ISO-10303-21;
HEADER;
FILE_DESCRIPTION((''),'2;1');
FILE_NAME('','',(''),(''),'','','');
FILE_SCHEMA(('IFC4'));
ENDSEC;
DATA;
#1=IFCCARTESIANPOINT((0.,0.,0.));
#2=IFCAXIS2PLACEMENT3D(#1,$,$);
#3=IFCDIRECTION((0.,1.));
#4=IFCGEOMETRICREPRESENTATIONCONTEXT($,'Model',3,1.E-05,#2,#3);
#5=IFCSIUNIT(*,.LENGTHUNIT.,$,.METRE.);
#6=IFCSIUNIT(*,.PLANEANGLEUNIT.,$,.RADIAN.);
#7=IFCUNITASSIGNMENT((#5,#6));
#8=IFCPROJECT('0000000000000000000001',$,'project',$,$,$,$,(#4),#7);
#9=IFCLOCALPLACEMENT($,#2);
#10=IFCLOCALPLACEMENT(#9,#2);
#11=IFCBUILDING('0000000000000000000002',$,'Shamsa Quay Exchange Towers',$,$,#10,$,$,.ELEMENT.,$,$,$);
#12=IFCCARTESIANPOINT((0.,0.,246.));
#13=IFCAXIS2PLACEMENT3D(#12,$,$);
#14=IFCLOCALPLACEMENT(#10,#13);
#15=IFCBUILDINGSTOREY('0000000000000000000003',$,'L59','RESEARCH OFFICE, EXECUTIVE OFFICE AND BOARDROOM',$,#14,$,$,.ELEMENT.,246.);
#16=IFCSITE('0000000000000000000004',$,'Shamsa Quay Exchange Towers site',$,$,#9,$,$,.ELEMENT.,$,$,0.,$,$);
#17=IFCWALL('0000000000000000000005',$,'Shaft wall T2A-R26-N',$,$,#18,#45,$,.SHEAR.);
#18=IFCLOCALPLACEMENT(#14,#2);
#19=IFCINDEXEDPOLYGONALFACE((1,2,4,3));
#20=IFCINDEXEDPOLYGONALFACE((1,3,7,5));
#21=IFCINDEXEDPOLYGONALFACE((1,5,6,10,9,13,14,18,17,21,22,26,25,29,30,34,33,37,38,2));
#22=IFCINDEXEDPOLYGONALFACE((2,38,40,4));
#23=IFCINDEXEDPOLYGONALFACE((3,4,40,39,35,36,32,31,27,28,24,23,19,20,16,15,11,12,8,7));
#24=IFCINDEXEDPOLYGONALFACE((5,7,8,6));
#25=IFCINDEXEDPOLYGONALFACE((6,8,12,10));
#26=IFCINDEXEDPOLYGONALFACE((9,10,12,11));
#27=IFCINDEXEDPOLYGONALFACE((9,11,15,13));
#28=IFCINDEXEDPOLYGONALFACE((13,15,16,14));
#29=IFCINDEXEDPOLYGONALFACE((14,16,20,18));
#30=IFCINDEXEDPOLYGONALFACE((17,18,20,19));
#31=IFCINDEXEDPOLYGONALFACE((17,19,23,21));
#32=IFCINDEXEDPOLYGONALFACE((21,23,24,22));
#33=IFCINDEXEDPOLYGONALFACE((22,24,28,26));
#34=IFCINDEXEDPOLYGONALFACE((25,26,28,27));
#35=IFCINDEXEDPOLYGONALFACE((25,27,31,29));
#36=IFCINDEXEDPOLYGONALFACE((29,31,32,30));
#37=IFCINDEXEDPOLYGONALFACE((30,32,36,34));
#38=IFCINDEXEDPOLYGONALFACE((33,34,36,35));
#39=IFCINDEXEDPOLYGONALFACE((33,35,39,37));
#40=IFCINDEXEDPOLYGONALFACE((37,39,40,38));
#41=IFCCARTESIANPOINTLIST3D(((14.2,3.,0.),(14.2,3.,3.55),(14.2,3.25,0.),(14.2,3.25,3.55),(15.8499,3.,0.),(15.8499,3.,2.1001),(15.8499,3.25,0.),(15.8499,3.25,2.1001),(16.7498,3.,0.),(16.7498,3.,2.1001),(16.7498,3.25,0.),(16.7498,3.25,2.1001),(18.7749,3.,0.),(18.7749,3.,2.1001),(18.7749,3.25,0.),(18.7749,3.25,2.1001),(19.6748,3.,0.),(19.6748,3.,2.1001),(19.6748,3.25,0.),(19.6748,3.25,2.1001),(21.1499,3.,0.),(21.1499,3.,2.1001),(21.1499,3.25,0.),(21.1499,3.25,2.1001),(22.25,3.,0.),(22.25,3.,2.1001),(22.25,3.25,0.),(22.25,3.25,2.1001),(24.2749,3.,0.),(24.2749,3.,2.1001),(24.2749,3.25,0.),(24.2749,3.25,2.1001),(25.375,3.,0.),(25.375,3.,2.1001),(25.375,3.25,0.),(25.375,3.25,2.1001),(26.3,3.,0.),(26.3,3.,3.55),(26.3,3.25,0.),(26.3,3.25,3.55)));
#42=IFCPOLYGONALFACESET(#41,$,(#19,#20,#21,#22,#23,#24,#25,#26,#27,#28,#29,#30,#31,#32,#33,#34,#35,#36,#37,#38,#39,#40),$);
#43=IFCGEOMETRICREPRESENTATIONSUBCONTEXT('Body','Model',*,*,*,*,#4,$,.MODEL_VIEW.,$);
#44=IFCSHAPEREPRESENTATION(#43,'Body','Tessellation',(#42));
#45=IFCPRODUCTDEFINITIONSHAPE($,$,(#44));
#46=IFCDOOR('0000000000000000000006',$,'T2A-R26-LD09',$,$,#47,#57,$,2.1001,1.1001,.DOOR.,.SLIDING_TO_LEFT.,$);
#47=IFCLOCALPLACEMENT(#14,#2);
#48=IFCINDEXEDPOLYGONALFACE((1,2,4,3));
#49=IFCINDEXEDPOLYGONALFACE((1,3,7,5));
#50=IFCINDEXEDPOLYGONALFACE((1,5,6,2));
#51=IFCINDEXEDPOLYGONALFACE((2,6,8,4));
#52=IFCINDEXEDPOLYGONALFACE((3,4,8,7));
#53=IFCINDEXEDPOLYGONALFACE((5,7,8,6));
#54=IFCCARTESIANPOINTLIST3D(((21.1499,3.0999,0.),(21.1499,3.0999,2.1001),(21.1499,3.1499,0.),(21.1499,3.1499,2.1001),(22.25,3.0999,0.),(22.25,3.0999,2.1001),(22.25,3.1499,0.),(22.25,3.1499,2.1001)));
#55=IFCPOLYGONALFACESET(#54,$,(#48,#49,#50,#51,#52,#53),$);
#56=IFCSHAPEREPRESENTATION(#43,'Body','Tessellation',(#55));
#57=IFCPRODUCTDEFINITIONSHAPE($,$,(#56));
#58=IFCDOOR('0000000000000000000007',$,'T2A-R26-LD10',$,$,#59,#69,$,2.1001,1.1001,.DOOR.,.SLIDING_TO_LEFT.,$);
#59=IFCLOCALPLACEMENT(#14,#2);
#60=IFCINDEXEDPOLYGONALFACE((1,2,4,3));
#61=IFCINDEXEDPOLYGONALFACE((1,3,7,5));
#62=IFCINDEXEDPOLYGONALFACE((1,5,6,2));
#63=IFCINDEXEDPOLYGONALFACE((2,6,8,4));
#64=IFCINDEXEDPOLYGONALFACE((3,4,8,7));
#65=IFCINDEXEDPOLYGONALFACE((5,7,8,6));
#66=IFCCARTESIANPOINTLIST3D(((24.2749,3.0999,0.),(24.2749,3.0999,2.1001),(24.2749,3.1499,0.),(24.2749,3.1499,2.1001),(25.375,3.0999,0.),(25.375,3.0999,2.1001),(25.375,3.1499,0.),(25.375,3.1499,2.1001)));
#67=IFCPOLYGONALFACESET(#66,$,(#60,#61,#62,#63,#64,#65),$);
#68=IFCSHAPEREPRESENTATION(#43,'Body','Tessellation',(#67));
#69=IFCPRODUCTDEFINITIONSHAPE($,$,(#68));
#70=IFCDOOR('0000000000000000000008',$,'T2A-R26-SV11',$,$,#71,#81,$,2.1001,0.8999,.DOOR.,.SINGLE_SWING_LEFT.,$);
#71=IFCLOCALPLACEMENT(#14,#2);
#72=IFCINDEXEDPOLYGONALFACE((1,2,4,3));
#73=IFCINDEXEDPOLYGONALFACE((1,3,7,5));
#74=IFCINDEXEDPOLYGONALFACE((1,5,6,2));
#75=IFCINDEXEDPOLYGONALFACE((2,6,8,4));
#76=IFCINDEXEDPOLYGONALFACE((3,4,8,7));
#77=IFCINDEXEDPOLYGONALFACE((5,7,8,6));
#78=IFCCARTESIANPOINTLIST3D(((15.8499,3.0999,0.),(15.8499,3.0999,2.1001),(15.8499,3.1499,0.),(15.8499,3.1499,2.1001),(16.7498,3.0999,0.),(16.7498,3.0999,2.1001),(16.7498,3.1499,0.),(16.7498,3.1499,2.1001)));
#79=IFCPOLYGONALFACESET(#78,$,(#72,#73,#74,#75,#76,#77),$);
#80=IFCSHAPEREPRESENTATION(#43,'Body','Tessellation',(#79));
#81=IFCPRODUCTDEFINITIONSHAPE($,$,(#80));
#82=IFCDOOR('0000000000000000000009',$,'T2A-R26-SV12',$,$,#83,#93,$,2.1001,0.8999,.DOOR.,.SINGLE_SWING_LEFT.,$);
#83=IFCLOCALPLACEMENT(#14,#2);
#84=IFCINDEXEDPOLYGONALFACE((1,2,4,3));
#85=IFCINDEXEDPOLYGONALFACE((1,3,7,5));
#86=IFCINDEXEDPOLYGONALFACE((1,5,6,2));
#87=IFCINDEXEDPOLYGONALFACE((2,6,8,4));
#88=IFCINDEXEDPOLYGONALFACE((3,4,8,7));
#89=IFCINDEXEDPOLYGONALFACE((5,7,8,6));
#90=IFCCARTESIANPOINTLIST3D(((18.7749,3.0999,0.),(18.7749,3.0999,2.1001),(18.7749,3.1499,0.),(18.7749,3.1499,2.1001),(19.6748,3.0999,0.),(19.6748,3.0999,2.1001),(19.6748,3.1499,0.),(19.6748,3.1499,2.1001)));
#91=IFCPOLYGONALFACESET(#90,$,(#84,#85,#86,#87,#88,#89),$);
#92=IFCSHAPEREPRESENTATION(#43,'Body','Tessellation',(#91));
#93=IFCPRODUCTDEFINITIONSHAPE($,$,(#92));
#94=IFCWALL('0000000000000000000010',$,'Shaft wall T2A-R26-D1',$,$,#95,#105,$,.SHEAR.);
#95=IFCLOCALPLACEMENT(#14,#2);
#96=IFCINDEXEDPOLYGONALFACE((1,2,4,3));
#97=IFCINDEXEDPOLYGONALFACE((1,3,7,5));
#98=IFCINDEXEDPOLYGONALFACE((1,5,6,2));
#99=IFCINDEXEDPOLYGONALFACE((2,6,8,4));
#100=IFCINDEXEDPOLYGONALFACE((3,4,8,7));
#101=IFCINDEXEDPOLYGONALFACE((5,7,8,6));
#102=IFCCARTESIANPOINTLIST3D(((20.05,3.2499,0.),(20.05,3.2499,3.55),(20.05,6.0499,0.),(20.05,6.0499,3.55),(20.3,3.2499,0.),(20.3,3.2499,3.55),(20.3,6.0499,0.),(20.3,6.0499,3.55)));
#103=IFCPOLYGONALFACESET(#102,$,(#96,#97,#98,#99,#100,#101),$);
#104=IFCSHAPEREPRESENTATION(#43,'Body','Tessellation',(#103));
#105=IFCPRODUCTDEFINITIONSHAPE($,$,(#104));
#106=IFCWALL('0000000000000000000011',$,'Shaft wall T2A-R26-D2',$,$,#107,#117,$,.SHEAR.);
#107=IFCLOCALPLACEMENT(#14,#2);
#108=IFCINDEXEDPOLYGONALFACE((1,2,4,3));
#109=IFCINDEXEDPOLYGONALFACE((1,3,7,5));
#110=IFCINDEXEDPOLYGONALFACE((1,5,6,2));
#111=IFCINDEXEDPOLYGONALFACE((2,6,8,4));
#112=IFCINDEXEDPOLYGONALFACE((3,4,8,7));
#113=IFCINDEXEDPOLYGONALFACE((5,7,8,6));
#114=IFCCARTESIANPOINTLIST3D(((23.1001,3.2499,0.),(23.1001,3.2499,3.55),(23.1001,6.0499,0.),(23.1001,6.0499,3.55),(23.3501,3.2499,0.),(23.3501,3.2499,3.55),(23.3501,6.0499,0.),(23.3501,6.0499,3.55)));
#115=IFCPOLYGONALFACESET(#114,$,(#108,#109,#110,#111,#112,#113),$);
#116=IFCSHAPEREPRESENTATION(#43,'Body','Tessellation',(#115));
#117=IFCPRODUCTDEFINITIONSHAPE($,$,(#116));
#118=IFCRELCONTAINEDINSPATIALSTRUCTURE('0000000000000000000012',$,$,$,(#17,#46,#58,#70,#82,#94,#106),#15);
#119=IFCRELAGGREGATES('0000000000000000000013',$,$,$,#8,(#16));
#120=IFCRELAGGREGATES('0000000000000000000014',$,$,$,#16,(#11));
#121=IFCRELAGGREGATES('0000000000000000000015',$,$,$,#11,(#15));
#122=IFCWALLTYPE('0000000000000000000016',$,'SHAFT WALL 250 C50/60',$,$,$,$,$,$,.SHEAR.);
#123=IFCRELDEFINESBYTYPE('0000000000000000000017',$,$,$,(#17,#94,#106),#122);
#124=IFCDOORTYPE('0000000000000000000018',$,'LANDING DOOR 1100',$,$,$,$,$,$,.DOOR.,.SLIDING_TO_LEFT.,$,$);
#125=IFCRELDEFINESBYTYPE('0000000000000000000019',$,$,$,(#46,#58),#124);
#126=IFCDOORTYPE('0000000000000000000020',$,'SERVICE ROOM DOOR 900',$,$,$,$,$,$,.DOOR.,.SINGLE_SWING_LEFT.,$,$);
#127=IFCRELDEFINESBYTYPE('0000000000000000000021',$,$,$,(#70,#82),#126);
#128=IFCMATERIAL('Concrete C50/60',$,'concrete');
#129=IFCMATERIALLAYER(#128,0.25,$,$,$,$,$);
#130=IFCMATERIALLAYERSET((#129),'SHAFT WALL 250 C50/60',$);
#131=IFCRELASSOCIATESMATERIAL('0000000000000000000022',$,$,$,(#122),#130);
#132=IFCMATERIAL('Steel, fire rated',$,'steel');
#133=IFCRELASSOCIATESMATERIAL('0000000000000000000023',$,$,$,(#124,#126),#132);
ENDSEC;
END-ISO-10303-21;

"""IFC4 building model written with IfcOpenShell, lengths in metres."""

from ifc_helpers import new_model, si_unit, direction, frame, frame_2d, origin, place, context, subcontext, project, spatial, rectangle, extrude, material, layer, layer_set, type_object, element, fill, save


model = new_model("IFC4")

# Units and contexts
model_context = context("Model", 3, precision=1e-05, world=origin(), true_north=direction((0.0, 1.0)))
body_context = subcontext(model_context, "Body", "Model", "MODEL_VIEW")
ifc_project = project(units=[si_unit("LENGTHUNIT", "METRE"), si_unit("PLANEANGLEUNIT", "RADIAN")], contexts=[model_context])

# Site, building, storey
site_placement = place(None, origin())
site = spatial("IfcSite", under=ifc_project, at=site_placement, Name="Shamsa Quay Exchange Towers site", CompositionType="ELEMENT", RefElevation=0.0)
building_placement = place(site_placement, origin())
building = spatial("IfcBuilding", under=site, at=building_placement, Name="Shamsa Quay Exchange Towers", CompositionType="ELEMENT")
storey_placement = place(building_placement, frame((0.0, 0.0, 246.0)))
storey = spatial("IfcBuildingStorey", under=building, at=storey_placement, Name="L59", Description="RESEARCH OFFICE, EXECUTIVE OFFICE AND BOARDROOM", CompositionType="ELEMENT", Elevation=246.0)

# Shared definitions
ifc_material_1 = material(Name="Concrete C50/60", Category="concrete")

# Shared definitions
ifc_material_2 = material(Name="Steel, fire rated", Category="steel")

# Wall, openings, doors
ifc_layer_1 = layer(ifc_material_1, 0.25)
ifc_layer_set_1 = layer_set([ifc_layer_1], Name="SHAFT WALL 250 C50/60")
wall_type_1 = type_object("IfcWallType", Name="SHAFT WALL 250 C50/60", PredefinedType="SHEAR", material=ifc_layer_set_1)
wall_1_placement = place(storey_placement, frame((14.2, 3.125, 0.0)))
wall_1 = element("IfcWall", 1, at=wall_1_placement, inside=storey, type_object=wall_type_1, Name="Shaft wall T2A-R26-N", PredefinedType="SHEAR", context=body_context, shape_type="SweptSolid", body=[
    extrude(rectangle(XDim=12.1001, YDim=0.25, at=frame_2d((6.05, 0.0))), origin(), (0.0, 0.0, 1.0), 3.55),
])
opening_1_placement = place(wall_1_placement, frame((6.95, 0.0, 0.0)))
opening_1 = element("IfcOpeningElement", 2, at=opening_1_placement, cuts=wall_1, PredefinedType="OPENING", context=body_context, shape_type="SweptSolid", body=[
    extrude(rectangle(XDim=1.1001, YDim=2.1001, at=frame_2d((0.55, 1.05))), frame((0.0, 0.135, 0.0), z_axis=(0.0, -1.0, 0.0), x_axis=(1.0, 0.0, 0.0)), (0.0, 0.0, 1.0), 0.27),
])
opening_2_placement = place(wall_1_placement, frame((10.075, 0.0, 0.0)))
opening_2 = element("IfcOpeningElement", 3, at=opening_2_placement, cuts=wall_1, PredefinedType="OPENING", context=body_context, shape_type="SweptSolid", body=[
    extrude(rectangle(XDim=1.1001, YDim=2.1001, at=frame_2d((0.55, 1.05))), frame((0.0, 0.135, 0.0), z_axis=(0.0, -1.0, 0.0), x_axis=(1.0, 0.0, 0.0)), (0.0, 0.0, 1.0), 0.27),
])
opening_3_placement = place(wall_1_placement, frame((1.6499, 0.0, 0.0)))
opening_3 = element("IfcOpeningElement", 4, at=opening_3_placement, cuts=wall_1, PredefinedType="OPENING", context=body_context, shape_type="SweptSolid", body=[
    extrude(rectangle(XDim=0.8999, YDim=2.1001, at=frame_2d((0.45, 1.05))), frame((0.0, 0.135, 0.0), z_axis=(0.0, -1.0, 0.0), x_axis=(1.0, 0.0, 0.0)), (0.0, 0.0, 1.0), 0.27),
])
opening_4_placement = place(wall_1_placement, frame((4.575, 0.0, 0.0)))
opening_4 = element("IfcOpeningElement", 5, at=opening_4_placement, cuts=wall_1, PredefinedType="OPENING", context=body_context, shape_type="SweptSolid", body=[
    extrude(rectangle(XDim=0.8999, YDim=2.1001, at=frame_2d((0.45, 1.05))), frame((0.0, 0.135, 0.0), z_axis=(0.0, -1.0, 0.0), x_axis=(1.0, 0.0, 0.0)), (0.0, 0.0, 1.0), 0.27),
])
door_type_1 = type_object("IfcDoorType", Name="LANDING DOOR 1100", OperationType="SLIDING_TO_LEFT", PredefinedType="DOOR", material=ifc_material_2)
door_1_placement = place(opening_1_placement, origin())
door_1 = element("IfcDoor", 6, at=door_1_placement, inside=storey, type_object=door_type_1, Name="T2A-R26-LD09", OperationType="SLIDING_TO_LEFT", OverallHeight=2.1001, OverallWidth=1.1001, PredefinedType="DOOR", context=body_context, shape_type="SweptSolid", body=[
    extrude(rectangle(XDim=1.1001, YDim=2.1001, at=frame_2d((0.55, 1.05))), frame((0.0, 0.0249, 0.0), z_axis=(0.0, -1.0, 0.0), x_axis=(1.0, 0.0, 0.0)), (0.0, 0.0, 1.0), 0.05),
])
fill(opening_1, door_1)
door_2_placement = place(opening_2_placement, origin())
door_2 = element("IfcDoor", 7, at=door_2_placement, inside=storey, type_object=door_type_1, Name="T2A-R26-LD10", OperationType="SLIDING_TO_LEFT", OverallHeight=2.1001, OverallWidth=1.1001, PredefinedType="DOOR", context=body_context, shape_type="SweptSolid", body=[
    extrude(rectangle(XDim=1.1001, YDim=2.1001, at=frame_2d((0.55, 1.05))), frame((0.0, 0.0249, 0.0), z_axis=(0.0, -1.0, 0.0), x_axis=(1.0, 0.0, 0.0)), (0.0, 0.0, 1.0), 0.05),
])
fill(opening_2, door_2)
door_type_2 = type_object("IfcDoorType", Name="SERVICE ROOM DOOR 900", OperationType="SINGLE_SWING_LEFT", PredefinedType="DOOR", material=ifc_material_2)
door_3_placement = place(opening_3_placement, origin())
door_3 = element("IfcDoor", 8, at=door_3_placement, inside=storey, type_object=door_type_2, Name="T2A-R26-SV11", OperationType="SINGLE_SWING_LEFT", OverallHeight=2.1001, OverallWidth=0.8999, PredefinedType="DOOR", context=body_context, shape_type="SweptSolid", body=[
    extrude(rectangle(XDim=0.8999, YDim=2.1001, at=frame_2d((0.45, 1.05))), frame((0.0, 0.0249, 0.0), z_axis=(0.0, -1.0, 0.0), x_axis=(1.0, 0.0, 0.0)), (0.0, 0.0, 1.0), 0.05),
])
fill(opening_3, door_3)
door_4_placement = place(opening_4_placement, origin())
door_4 = element("IfcDoor", 9, at=door_4_placement, inside=storey, type_object=door_type_2, Name="T2A-R26-SV12", OperationType="SINGLE_SWING_LEFT", OverallHeight=2.1001, OverallWidth=0.8999, PredefinedType="DOOR", context=body_context, shape_type="SweptSolid", body=[
    extrude(rectangle(XDim=0.8999, YDim=2.1001, at=frame_2d((0.45, 1.05))), frame((0.0, 0.0249, 0.0), z_axis=(0.0, -1.0, 0.0), x_axis=(1.0, 0.0, 0.0)), (0.0, 0.0, 1.0), 0.05),
])
fill(opening_4, door_4)

# Walls
for number, where, z_axis, x_axis, name in (
    (10, (20.175, 3.25, 0.0), (0.0, 0.0, 1.0), (0.0, 1.0, 0.0), "Shaft wall T2A-R26-D1"),
    (11, (23.2251, 3.25, 0.0), (0.0, 0.0, 1.0), (0.0, 1.0, 0.0), "Shaft wall T2A-R26-D2"),
):
    element("IfcWall", number, at=place(storey_placement, frame(where, z_axis=z_axis, x_axis=x_axis)), inside=storey, type_object=wall_type_1, Name=name, PredefinedType="SHEAR", context=body_context, shape_type="SweptSolid", body=[
        extrude(rectangle(XDim=2.8, YDim=0.25, at=frame_2d((1.3999, 0.0))), origin(), (0.0, 0.0, 1.0), 3.55),
    ])

save(model, "model.ifc")
